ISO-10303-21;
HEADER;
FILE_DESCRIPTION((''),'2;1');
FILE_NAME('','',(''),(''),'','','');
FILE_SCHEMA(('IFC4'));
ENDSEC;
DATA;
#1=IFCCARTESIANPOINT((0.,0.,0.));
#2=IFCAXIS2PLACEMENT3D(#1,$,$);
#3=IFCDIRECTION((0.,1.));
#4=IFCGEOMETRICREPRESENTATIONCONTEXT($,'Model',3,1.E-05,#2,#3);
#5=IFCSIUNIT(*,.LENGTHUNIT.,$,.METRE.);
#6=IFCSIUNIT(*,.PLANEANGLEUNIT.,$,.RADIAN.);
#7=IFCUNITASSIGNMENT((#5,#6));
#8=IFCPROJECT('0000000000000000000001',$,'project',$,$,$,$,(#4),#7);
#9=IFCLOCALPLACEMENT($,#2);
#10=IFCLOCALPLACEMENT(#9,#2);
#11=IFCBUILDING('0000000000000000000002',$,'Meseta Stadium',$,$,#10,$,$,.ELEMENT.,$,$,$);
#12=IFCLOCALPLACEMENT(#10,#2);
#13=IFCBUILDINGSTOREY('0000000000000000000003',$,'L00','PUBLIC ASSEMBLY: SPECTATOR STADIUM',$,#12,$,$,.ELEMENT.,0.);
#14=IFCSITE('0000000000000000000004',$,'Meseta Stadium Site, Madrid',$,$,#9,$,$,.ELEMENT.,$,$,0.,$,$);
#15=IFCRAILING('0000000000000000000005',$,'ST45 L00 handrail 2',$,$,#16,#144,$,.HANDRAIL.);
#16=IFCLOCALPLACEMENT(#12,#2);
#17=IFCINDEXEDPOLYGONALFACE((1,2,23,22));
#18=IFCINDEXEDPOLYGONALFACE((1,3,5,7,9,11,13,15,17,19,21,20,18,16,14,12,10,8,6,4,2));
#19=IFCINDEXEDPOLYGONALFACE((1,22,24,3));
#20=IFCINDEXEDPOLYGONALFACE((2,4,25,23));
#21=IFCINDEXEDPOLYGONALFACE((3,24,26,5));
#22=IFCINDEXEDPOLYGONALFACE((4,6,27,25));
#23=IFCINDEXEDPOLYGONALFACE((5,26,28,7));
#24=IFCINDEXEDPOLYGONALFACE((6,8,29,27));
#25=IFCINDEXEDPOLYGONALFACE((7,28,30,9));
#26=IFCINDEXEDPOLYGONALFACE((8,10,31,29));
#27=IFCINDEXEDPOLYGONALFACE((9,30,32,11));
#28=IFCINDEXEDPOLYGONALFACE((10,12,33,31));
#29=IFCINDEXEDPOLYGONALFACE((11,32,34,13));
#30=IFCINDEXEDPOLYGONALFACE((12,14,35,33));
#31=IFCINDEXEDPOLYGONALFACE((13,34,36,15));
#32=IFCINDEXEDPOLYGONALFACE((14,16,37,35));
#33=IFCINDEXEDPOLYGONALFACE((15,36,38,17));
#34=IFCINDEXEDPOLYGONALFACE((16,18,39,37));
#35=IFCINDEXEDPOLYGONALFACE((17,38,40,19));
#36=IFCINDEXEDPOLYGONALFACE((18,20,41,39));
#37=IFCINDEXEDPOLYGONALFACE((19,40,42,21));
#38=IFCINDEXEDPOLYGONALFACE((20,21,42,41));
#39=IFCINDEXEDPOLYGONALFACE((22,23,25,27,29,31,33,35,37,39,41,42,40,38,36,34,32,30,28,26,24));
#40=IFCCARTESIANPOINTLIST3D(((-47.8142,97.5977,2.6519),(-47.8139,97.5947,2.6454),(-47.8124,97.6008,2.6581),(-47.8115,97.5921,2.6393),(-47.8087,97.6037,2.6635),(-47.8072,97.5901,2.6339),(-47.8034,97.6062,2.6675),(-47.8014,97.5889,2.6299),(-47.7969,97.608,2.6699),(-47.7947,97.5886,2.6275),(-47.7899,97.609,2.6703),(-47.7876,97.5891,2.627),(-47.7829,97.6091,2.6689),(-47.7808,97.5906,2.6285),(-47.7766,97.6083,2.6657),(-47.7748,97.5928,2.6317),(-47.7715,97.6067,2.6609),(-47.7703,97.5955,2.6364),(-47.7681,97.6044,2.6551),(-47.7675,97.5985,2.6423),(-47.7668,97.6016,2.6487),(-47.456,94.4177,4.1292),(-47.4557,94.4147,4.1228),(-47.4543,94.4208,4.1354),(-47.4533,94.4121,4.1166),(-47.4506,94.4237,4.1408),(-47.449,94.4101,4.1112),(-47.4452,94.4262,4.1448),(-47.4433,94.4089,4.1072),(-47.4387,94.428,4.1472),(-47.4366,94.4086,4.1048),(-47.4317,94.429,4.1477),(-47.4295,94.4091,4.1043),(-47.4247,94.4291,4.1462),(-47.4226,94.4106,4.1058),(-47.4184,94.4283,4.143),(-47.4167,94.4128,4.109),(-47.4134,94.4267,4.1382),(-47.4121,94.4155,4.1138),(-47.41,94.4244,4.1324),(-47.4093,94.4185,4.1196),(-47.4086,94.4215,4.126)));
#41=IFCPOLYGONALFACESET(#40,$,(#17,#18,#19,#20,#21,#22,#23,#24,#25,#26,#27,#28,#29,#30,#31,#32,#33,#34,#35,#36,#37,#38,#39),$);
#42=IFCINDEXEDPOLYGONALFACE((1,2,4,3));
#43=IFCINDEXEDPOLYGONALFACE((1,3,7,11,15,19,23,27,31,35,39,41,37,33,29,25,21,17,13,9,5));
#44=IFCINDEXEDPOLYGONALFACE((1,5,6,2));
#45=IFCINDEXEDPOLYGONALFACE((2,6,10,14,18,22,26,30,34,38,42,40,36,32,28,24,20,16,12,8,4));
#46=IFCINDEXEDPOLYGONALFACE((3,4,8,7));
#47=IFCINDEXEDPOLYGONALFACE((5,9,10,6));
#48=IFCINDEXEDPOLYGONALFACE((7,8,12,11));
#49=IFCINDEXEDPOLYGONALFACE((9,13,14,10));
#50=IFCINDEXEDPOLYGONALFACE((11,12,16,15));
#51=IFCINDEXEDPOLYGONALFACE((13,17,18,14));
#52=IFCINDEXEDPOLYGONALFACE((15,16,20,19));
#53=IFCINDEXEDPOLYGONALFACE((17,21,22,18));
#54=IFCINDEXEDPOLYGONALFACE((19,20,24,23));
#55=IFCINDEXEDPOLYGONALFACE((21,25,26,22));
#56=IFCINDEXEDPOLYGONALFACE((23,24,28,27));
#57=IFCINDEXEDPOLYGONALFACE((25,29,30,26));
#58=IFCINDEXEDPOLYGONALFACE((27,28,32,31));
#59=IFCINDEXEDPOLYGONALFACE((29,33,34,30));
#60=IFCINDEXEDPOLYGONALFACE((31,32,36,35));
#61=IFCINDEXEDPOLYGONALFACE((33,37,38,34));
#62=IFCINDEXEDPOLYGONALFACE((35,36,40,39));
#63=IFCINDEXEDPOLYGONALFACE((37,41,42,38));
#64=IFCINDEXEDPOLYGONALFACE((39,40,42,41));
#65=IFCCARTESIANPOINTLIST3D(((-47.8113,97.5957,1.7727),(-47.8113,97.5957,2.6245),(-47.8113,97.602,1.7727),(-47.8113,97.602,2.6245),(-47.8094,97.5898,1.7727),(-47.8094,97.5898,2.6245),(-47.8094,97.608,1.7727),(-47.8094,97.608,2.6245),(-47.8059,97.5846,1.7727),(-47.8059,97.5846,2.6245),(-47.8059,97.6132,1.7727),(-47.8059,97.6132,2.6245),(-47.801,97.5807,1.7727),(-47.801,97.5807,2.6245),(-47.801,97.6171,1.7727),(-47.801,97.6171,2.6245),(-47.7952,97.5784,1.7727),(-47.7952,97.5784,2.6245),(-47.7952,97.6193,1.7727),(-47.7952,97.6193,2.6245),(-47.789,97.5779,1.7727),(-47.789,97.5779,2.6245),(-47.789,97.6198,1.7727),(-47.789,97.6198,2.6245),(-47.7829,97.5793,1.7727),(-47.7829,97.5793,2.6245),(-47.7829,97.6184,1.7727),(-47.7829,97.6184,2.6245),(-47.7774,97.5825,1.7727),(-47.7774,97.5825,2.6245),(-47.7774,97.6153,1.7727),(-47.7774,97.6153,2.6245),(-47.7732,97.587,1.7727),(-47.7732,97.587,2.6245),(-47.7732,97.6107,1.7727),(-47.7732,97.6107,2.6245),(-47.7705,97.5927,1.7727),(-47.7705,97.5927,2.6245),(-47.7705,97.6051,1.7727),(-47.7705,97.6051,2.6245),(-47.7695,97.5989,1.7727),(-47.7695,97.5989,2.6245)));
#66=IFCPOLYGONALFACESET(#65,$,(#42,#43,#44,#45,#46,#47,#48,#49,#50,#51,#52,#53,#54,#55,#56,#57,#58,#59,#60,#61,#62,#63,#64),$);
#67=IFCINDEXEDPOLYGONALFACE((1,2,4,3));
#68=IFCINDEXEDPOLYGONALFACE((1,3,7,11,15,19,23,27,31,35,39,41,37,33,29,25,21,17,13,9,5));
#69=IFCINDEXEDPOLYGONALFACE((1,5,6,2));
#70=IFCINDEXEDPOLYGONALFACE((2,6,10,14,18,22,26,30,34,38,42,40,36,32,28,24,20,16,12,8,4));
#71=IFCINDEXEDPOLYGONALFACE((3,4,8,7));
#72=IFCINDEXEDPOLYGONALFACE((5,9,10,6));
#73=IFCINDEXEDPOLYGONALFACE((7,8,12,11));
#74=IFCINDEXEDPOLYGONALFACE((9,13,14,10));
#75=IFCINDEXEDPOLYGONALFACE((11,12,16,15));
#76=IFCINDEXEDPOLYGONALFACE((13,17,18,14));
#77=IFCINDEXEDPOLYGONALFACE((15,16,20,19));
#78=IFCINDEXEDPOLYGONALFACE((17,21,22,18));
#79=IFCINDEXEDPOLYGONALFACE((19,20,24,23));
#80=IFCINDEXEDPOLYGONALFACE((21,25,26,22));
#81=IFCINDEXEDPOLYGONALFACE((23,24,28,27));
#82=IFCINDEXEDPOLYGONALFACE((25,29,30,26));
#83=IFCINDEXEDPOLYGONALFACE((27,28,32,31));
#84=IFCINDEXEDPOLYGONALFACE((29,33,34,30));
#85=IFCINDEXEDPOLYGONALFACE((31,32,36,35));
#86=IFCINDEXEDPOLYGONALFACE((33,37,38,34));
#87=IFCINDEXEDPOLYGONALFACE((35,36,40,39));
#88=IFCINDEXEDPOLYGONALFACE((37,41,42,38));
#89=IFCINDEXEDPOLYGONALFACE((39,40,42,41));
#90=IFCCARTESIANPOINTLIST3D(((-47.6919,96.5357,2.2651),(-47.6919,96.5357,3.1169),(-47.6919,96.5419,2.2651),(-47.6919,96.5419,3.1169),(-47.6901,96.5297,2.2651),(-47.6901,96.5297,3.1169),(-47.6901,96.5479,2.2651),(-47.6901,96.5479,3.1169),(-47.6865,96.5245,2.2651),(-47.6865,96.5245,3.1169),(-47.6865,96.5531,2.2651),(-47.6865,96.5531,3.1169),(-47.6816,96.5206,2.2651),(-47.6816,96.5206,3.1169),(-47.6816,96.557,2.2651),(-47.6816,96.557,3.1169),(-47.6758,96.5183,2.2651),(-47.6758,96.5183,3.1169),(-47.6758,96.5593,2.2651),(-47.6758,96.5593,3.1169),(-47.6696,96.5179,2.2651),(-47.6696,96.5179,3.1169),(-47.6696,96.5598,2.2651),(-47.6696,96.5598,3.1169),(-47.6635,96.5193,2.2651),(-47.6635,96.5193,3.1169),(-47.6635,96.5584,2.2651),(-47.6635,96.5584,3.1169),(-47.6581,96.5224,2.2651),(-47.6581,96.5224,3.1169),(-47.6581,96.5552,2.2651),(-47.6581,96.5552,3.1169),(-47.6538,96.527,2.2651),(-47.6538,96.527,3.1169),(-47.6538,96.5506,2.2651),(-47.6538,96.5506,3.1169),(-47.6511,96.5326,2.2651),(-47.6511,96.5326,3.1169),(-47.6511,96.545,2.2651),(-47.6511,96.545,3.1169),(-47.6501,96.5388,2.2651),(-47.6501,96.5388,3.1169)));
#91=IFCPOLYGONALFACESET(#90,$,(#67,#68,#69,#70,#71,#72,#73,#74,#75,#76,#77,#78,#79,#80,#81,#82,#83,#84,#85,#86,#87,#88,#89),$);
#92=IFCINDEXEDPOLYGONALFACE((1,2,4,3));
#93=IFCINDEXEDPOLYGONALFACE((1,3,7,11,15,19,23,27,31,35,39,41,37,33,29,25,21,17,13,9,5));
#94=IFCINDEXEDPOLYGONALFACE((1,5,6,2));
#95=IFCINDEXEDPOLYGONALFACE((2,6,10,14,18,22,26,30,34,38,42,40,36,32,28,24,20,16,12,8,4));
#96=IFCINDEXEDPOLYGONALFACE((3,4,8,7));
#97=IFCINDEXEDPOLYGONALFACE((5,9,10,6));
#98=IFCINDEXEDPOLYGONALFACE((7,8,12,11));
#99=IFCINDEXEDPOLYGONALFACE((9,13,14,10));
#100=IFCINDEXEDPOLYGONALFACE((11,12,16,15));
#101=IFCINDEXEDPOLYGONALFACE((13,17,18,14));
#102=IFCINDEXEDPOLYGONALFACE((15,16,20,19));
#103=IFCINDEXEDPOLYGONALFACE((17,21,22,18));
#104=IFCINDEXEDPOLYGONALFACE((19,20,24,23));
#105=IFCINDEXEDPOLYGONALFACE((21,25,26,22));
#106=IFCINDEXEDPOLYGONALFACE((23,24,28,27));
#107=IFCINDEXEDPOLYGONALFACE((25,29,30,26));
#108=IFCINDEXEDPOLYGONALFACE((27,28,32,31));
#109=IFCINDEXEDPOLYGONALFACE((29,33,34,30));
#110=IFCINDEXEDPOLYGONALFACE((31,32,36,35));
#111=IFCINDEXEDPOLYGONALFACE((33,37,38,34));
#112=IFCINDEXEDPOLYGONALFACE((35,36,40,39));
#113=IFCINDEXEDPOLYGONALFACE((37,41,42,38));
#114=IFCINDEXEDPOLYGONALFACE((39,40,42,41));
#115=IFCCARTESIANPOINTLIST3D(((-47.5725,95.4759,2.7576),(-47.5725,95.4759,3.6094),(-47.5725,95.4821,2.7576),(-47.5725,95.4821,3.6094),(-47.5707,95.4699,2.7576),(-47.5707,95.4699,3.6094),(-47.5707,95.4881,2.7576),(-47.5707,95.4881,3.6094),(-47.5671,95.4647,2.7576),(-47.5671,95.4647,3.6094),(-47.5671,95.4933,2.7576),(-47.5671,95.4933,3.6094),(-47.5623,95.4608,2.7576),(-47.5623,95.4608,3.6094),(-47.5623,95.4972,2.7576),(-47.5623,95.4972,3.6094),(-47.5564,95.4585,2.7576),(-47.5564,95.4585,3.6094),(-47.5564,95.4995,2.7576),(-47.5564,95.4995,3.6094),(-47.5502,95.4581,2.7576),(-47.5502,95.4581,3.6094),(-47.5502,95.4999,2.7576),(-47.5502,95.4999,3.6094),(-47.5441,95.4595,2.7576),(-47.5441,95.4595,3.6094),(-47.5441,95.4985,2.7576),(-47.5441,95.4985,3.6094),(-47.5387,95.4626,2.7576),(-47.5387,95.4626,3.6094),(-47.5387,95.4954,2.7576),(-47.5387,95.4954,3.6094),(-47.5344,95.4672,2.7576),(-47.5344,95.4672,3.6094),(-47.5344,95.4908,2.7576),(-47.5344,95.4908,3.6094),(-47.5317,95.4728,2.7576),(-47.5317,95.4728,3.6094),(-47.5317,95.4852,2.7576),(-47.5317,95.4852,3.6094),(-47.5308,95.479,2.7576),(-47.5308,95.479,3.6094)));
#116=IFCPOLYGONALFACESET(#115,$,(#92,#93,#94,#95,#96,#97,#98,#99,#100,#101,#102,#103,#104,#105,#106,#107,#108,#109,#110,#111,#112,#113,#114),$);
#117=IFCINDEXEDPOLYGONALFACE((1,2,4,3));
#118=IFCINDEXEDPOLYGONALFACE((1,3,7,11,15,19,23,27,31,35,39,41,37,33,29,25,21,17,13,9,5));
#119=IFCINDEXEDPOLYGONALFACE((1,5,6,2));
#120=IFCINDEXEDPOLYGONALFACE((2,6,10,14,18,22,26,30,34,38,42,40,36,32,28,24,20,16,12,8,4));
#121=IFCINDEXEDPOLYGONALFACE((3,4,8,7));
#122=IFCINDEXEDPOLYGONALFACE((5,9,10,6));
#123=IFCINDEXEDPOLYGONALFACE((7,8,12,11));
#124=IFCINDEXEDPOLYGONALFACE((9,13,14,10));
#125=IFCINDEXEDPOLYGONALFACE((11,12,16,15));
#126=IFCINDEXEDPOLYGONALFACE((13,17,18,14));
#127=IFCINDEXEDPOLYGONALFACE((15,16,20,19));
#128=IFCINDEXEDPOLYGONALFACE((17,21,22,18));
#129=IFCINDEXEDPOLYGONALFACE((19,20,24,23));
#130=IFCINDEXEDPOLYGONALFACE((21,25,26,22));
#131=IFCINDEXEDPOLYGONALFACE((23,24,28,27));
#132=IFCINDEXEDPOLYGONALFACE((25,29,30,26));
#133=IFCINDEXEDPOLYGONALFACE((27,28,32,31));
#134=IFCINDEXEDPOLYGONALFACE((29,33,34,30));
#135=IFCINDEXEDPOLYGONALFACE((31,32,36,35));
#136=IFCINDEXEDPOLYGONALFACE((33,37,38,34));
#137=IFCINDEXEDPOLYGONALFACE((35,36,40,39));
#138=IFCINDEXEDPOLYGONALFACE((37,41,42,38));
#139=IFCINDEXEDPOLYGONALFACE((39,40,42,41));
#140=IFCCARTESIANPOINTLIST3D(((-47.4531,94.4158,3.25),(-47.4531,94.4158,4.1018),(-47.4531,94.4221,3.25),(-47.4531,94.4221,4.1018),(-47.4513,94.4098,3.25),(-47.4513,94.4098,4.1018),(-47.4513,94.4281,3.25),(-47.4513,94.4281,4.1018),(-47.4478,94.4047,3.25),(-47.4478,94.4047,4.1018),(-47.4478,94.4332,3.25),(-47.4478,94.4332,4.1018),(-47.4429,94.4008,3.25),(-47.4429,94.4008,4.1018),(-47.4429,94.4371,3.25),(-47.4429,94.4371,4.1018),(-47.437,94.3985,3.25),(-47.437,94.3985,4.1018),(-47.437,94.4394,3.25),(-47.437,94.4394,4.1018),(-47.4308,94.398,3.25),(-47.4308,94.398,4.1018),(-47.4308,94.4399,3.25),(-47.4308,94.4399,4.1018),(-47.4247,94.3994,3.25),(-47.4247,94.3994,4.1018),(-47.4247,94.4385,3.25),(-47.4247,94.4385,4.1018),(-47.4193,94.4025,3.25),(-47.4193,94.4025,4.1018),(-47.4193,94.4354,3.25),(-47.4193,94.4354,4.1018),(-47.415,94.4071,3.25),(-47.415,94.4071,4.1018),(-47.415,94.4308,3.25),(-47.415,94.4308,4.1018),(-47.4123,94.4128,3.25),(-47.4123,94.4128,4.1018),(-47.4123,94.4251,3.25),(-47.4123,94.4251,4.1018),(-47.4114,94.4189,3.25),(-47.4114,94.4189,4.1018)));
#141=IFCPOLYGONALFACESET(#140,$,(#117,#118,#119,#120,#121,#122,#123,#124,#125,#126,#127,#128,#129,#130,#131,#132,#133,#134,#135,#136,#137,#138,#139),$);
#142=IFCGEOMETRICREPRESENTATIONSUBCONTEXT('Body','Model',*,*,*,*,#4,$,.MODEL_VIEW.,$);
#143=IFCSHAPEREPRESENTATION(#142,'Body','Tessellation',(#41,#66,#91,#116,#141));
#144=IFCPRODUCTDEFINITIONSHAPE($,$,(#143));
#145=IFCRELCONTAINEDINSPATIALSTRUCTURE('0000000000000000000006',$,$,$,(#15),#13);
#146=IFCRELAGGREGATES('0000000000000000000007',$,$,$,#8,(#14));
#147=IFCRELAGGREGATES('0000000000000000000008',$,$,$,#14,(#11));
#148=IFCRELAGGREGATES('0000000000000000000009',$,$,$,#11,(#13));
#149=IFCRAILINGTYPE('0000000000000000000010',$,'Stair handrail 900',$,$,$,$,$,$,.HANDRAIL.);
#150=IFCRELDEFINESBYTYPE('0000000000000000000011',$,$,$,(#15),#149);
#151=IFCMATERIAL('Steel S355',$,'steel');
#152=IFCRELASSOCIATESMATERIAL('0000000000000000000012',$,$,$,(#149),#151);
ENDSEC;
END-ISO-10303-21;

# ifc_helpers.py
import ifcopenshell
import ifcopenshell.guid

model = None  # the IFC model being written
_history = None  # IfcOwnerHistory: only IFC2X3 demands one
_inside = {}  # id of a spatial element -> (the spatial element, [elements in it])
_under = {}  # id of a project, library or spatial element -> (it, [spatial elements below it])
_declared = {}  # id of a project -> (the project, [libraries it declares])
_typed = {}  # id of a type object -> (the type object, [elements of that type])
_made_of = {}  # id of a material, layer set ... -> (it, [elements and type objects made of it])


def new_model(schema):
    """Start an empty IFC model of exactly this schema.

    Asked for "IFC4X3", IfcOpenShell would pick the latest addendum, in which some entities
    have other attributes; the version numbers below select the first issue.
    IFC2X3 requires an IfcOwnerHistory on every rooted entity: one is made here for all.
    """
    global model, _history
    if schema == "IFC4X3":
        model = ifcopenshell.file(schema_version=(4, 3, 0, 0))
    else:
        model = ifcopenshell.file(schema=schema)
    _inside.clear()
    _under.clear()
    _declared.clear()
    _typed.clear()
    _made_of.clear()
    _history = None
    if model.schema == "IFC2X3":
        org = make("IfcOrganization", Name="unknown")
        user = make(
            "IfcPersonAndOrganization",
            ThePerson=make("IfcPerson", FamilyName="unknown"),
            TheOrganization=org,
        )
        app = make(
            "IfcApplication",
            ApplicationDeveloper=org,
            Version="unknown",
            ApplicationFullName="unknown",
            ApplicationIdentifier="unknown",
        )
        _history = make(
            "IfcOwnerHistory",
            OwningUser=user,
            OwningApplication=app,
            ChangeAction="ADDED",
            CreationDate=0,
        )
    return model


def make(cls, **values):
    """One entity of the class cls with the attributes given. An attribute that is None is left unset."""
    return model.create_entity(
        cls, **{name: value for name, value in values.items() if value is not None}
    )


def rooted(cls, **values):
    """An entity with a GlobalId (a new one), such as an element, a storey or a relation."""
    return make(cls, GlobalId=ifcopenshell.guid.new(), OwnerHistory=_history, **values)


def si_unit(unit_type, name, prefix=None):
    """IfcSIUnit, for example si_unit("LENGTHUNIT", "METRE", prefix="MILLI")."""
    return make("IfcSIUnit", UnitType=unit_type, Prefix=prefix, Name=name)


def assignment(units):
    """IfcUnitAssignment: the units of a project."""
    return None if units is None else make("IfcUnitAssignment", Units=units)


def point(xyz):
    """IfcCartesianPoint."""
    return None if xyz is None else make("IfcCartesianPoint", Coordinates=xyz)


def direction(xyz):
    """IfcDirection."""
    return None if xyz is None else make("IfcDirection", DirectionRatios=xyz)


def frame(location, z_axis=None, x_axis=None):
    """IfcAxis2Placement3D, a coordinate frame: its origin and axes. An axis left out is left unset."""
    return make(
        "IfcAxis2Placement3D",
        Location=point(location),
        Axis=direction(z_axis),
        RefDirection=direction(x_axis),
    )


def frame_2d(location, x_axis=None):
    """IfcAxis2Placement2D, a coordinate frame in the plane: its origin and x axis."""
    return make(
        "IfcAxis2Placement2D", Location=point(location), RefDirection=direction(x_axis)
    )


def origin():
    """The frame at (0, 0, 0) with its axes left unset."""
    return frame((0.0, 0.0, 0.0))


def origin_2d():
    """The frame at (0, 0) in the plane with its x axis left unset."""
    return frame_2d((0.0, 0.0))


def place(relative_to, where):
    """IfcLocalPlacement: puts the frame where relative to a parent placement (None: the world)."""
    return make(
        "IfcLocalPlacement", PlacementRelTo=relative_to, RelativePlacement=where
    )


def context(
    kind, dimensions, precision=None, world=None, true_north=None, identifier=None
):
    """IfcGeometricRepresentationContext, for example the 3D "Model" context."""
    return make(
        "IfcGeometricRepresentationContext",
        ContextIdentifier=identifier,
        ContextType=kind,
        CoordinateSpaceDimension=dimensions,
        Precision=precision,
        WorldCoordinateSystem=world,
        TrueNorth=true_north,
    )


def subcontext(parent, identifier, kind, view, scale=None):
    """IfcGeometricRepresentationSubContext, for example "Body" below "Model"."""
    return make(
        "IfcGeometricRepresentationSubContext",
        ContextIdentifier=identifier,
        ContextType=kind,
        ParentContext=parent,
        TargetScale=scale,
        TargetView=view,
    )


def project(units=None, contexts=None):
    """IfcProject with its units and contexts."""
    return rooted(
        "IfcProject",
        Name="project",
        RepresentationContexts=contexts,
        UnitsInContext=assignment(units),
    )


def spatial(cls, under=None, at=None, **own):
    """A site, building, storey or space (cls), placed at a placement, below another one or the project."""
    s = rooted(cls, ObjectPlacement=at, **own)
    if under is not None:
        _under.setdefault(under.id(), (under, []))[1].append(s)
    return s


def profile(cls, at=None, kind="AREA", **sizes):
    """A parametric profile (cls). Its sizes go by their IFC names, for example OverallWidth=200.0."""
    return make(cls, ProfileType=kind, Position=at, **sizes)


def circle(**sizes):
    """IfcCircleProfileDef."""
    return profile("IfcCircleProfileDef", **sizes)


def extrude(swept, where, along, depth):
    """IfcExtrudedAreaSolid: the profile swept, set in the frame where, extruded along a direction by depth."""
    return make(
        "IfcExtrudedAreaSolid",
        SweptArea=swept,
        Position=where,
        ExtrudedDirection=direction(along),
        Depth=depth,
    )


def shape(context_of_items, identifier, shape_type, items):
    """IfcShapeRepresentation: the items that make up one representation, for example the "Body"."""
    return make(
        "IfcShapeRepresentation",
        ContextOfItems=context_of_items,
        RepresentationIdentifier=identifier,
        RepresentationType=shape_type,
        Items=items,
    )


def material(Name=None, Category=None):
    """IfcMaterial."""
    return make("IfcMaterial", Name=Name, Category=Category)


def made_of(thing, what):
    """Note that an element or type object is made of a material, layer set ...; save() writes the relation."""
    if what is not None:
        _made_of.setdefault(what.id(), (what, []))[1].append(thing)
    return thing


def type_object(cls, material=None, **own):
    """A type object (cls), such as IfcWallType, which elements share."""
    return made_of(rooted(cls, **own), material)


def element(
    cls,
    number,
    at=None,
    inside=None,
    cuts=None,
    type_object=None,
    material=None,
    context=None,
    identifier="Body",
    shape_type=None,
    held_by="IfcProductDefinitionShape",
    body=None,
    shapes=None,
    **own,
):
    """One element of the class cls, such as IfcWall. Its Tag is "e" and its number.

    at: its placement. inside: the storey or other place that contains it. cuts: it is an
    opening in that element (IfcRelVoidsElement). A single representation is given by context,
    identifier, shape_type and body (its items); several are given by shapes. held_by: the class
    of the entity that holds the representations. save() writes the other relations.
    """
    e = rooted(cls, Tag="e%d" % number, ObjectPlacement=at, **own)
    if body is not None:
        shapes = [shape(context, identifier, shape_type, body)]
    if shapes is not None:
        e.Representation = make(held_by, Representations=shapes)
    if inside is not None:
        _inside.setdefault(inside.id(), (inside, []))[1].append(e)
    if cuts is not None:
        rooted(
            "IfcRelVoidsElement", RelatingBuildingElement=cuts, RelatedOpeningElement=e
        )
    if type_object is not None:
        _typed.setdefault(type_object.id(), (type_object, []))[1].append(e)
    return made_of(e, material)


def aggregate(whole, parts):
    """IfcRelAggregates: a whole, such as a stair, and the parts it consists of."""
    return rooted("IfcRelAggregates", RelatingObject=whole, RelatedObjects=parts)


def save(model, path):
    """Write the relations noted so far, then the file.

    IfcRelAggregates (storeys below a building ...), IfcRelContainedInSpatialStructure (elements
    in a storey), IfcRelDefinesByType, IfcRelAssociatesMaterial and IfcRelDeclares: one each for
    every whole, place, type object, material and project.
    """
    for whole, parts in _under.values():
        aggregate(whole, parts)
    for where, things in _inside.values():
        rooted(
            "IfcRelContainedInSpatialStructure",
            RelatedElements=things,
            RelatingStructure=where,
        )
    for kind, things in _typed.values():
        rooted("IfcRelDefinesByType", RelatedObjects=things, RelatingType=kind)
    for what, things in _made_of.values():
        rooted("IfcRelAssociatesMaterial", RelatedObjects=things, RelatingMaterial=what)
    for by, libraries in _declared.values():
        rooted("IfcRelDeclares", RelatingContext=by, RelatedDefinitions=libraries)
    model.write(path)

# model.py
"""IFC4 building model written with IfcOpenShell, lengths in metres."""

from ifc_helpers import new_model, si_unit, direction, frame, origin, origin_2d, place, context, subcontext, project, spatial, circle, extrude, material, type_object, element, save


model = new_model("IFC4")

# Units and contexts
model_context = context("Model", 3, precision=1e-05, world=origin(), true_north=direction((0.0, 1.0)))
body_context = subcontext(model_context, "Body", "Model", "MODEL_VIEW")
ifc_project = project(units=[si_unit("LENGTHUNIT", "METRE"), si_unit("PLANEANGLEUNIT", "RADIAN")], contexts=[model_context])

# Site, building, storey
site_placement = place(None, origin())
site = spatial("IfcSite", under=ifc_project, at=site_placement, Name="Meseta Stadium Site, Madrid", CompositionType="ELEMENT", RefElevation=0.0)
building_placement = place(site_placement, origin())
building = spatial("IfcBuilding", under=site, at=building_placement, Name="Meseta Stadium", CompositionType="ELEMENT")
storey_placement = place(building_placement, origin())
storey = spatial("IfcBuildingStorey", under=building, at=storey_placement, Name="L00", Description="PUBLIC ASSEMBLY: SPECTATOR STADIUM", CompositionType="ELEMENT", Elevation=0.0)

# Railing
ifc_material_1 = material(Name="Steel S355", Category="steel")
railing_type_1 = type_object("IfcRailingType", Name="Stair handrail 900", PredefinedType="HANDRAIL", material=ifc_material_1)
for number, where, name in (
    (1, (-47.7905, 97.5989, 1.7727), "ST45 L00 handrail 2"),
):
    element("IfcRailing", number, at=place(storey_placement, frame(where)), inside=storey, type_object=railing_type_1, Name=name, PredefinedType="HANDRAIL", context=body_context, shape_type="SweptSolid", body=[
        extrude(circle(Radius=0.0239, at=origin_2d()), frame((0.0, 0.0, 0.876), z_axis=(0.101616, -0.902217, 0.419141), x_axis=(0.993717, 0.111922, 0.0)), (0.0, 0.0, 1.0), 3.5247),
        extrude(circle(Radius=0.021, at=origin_2d()), origin(), (0.0, 0.0, 1.0), 0.8518),
        extrude(circle(Radius=0.021, at=origin_2d()), frame((0.1194, -1.0601, 0.4924)), (0.0, 0.0, 1.0), 0.8518),
        extrude(circle(Radius=0.021, at=origin_2d()), frame((0.2388, -2.1199, 0.9849)), (0.0, 0.0, 1.0), 0.8518),
        extrude(circle(Radius=0.021, at=origin_2d()), frame((0.3582, -3.1799, 1.4773)), (0.0, 0.0, 1.0), 0.8518),
    ])

save(model, "model.ifc")
